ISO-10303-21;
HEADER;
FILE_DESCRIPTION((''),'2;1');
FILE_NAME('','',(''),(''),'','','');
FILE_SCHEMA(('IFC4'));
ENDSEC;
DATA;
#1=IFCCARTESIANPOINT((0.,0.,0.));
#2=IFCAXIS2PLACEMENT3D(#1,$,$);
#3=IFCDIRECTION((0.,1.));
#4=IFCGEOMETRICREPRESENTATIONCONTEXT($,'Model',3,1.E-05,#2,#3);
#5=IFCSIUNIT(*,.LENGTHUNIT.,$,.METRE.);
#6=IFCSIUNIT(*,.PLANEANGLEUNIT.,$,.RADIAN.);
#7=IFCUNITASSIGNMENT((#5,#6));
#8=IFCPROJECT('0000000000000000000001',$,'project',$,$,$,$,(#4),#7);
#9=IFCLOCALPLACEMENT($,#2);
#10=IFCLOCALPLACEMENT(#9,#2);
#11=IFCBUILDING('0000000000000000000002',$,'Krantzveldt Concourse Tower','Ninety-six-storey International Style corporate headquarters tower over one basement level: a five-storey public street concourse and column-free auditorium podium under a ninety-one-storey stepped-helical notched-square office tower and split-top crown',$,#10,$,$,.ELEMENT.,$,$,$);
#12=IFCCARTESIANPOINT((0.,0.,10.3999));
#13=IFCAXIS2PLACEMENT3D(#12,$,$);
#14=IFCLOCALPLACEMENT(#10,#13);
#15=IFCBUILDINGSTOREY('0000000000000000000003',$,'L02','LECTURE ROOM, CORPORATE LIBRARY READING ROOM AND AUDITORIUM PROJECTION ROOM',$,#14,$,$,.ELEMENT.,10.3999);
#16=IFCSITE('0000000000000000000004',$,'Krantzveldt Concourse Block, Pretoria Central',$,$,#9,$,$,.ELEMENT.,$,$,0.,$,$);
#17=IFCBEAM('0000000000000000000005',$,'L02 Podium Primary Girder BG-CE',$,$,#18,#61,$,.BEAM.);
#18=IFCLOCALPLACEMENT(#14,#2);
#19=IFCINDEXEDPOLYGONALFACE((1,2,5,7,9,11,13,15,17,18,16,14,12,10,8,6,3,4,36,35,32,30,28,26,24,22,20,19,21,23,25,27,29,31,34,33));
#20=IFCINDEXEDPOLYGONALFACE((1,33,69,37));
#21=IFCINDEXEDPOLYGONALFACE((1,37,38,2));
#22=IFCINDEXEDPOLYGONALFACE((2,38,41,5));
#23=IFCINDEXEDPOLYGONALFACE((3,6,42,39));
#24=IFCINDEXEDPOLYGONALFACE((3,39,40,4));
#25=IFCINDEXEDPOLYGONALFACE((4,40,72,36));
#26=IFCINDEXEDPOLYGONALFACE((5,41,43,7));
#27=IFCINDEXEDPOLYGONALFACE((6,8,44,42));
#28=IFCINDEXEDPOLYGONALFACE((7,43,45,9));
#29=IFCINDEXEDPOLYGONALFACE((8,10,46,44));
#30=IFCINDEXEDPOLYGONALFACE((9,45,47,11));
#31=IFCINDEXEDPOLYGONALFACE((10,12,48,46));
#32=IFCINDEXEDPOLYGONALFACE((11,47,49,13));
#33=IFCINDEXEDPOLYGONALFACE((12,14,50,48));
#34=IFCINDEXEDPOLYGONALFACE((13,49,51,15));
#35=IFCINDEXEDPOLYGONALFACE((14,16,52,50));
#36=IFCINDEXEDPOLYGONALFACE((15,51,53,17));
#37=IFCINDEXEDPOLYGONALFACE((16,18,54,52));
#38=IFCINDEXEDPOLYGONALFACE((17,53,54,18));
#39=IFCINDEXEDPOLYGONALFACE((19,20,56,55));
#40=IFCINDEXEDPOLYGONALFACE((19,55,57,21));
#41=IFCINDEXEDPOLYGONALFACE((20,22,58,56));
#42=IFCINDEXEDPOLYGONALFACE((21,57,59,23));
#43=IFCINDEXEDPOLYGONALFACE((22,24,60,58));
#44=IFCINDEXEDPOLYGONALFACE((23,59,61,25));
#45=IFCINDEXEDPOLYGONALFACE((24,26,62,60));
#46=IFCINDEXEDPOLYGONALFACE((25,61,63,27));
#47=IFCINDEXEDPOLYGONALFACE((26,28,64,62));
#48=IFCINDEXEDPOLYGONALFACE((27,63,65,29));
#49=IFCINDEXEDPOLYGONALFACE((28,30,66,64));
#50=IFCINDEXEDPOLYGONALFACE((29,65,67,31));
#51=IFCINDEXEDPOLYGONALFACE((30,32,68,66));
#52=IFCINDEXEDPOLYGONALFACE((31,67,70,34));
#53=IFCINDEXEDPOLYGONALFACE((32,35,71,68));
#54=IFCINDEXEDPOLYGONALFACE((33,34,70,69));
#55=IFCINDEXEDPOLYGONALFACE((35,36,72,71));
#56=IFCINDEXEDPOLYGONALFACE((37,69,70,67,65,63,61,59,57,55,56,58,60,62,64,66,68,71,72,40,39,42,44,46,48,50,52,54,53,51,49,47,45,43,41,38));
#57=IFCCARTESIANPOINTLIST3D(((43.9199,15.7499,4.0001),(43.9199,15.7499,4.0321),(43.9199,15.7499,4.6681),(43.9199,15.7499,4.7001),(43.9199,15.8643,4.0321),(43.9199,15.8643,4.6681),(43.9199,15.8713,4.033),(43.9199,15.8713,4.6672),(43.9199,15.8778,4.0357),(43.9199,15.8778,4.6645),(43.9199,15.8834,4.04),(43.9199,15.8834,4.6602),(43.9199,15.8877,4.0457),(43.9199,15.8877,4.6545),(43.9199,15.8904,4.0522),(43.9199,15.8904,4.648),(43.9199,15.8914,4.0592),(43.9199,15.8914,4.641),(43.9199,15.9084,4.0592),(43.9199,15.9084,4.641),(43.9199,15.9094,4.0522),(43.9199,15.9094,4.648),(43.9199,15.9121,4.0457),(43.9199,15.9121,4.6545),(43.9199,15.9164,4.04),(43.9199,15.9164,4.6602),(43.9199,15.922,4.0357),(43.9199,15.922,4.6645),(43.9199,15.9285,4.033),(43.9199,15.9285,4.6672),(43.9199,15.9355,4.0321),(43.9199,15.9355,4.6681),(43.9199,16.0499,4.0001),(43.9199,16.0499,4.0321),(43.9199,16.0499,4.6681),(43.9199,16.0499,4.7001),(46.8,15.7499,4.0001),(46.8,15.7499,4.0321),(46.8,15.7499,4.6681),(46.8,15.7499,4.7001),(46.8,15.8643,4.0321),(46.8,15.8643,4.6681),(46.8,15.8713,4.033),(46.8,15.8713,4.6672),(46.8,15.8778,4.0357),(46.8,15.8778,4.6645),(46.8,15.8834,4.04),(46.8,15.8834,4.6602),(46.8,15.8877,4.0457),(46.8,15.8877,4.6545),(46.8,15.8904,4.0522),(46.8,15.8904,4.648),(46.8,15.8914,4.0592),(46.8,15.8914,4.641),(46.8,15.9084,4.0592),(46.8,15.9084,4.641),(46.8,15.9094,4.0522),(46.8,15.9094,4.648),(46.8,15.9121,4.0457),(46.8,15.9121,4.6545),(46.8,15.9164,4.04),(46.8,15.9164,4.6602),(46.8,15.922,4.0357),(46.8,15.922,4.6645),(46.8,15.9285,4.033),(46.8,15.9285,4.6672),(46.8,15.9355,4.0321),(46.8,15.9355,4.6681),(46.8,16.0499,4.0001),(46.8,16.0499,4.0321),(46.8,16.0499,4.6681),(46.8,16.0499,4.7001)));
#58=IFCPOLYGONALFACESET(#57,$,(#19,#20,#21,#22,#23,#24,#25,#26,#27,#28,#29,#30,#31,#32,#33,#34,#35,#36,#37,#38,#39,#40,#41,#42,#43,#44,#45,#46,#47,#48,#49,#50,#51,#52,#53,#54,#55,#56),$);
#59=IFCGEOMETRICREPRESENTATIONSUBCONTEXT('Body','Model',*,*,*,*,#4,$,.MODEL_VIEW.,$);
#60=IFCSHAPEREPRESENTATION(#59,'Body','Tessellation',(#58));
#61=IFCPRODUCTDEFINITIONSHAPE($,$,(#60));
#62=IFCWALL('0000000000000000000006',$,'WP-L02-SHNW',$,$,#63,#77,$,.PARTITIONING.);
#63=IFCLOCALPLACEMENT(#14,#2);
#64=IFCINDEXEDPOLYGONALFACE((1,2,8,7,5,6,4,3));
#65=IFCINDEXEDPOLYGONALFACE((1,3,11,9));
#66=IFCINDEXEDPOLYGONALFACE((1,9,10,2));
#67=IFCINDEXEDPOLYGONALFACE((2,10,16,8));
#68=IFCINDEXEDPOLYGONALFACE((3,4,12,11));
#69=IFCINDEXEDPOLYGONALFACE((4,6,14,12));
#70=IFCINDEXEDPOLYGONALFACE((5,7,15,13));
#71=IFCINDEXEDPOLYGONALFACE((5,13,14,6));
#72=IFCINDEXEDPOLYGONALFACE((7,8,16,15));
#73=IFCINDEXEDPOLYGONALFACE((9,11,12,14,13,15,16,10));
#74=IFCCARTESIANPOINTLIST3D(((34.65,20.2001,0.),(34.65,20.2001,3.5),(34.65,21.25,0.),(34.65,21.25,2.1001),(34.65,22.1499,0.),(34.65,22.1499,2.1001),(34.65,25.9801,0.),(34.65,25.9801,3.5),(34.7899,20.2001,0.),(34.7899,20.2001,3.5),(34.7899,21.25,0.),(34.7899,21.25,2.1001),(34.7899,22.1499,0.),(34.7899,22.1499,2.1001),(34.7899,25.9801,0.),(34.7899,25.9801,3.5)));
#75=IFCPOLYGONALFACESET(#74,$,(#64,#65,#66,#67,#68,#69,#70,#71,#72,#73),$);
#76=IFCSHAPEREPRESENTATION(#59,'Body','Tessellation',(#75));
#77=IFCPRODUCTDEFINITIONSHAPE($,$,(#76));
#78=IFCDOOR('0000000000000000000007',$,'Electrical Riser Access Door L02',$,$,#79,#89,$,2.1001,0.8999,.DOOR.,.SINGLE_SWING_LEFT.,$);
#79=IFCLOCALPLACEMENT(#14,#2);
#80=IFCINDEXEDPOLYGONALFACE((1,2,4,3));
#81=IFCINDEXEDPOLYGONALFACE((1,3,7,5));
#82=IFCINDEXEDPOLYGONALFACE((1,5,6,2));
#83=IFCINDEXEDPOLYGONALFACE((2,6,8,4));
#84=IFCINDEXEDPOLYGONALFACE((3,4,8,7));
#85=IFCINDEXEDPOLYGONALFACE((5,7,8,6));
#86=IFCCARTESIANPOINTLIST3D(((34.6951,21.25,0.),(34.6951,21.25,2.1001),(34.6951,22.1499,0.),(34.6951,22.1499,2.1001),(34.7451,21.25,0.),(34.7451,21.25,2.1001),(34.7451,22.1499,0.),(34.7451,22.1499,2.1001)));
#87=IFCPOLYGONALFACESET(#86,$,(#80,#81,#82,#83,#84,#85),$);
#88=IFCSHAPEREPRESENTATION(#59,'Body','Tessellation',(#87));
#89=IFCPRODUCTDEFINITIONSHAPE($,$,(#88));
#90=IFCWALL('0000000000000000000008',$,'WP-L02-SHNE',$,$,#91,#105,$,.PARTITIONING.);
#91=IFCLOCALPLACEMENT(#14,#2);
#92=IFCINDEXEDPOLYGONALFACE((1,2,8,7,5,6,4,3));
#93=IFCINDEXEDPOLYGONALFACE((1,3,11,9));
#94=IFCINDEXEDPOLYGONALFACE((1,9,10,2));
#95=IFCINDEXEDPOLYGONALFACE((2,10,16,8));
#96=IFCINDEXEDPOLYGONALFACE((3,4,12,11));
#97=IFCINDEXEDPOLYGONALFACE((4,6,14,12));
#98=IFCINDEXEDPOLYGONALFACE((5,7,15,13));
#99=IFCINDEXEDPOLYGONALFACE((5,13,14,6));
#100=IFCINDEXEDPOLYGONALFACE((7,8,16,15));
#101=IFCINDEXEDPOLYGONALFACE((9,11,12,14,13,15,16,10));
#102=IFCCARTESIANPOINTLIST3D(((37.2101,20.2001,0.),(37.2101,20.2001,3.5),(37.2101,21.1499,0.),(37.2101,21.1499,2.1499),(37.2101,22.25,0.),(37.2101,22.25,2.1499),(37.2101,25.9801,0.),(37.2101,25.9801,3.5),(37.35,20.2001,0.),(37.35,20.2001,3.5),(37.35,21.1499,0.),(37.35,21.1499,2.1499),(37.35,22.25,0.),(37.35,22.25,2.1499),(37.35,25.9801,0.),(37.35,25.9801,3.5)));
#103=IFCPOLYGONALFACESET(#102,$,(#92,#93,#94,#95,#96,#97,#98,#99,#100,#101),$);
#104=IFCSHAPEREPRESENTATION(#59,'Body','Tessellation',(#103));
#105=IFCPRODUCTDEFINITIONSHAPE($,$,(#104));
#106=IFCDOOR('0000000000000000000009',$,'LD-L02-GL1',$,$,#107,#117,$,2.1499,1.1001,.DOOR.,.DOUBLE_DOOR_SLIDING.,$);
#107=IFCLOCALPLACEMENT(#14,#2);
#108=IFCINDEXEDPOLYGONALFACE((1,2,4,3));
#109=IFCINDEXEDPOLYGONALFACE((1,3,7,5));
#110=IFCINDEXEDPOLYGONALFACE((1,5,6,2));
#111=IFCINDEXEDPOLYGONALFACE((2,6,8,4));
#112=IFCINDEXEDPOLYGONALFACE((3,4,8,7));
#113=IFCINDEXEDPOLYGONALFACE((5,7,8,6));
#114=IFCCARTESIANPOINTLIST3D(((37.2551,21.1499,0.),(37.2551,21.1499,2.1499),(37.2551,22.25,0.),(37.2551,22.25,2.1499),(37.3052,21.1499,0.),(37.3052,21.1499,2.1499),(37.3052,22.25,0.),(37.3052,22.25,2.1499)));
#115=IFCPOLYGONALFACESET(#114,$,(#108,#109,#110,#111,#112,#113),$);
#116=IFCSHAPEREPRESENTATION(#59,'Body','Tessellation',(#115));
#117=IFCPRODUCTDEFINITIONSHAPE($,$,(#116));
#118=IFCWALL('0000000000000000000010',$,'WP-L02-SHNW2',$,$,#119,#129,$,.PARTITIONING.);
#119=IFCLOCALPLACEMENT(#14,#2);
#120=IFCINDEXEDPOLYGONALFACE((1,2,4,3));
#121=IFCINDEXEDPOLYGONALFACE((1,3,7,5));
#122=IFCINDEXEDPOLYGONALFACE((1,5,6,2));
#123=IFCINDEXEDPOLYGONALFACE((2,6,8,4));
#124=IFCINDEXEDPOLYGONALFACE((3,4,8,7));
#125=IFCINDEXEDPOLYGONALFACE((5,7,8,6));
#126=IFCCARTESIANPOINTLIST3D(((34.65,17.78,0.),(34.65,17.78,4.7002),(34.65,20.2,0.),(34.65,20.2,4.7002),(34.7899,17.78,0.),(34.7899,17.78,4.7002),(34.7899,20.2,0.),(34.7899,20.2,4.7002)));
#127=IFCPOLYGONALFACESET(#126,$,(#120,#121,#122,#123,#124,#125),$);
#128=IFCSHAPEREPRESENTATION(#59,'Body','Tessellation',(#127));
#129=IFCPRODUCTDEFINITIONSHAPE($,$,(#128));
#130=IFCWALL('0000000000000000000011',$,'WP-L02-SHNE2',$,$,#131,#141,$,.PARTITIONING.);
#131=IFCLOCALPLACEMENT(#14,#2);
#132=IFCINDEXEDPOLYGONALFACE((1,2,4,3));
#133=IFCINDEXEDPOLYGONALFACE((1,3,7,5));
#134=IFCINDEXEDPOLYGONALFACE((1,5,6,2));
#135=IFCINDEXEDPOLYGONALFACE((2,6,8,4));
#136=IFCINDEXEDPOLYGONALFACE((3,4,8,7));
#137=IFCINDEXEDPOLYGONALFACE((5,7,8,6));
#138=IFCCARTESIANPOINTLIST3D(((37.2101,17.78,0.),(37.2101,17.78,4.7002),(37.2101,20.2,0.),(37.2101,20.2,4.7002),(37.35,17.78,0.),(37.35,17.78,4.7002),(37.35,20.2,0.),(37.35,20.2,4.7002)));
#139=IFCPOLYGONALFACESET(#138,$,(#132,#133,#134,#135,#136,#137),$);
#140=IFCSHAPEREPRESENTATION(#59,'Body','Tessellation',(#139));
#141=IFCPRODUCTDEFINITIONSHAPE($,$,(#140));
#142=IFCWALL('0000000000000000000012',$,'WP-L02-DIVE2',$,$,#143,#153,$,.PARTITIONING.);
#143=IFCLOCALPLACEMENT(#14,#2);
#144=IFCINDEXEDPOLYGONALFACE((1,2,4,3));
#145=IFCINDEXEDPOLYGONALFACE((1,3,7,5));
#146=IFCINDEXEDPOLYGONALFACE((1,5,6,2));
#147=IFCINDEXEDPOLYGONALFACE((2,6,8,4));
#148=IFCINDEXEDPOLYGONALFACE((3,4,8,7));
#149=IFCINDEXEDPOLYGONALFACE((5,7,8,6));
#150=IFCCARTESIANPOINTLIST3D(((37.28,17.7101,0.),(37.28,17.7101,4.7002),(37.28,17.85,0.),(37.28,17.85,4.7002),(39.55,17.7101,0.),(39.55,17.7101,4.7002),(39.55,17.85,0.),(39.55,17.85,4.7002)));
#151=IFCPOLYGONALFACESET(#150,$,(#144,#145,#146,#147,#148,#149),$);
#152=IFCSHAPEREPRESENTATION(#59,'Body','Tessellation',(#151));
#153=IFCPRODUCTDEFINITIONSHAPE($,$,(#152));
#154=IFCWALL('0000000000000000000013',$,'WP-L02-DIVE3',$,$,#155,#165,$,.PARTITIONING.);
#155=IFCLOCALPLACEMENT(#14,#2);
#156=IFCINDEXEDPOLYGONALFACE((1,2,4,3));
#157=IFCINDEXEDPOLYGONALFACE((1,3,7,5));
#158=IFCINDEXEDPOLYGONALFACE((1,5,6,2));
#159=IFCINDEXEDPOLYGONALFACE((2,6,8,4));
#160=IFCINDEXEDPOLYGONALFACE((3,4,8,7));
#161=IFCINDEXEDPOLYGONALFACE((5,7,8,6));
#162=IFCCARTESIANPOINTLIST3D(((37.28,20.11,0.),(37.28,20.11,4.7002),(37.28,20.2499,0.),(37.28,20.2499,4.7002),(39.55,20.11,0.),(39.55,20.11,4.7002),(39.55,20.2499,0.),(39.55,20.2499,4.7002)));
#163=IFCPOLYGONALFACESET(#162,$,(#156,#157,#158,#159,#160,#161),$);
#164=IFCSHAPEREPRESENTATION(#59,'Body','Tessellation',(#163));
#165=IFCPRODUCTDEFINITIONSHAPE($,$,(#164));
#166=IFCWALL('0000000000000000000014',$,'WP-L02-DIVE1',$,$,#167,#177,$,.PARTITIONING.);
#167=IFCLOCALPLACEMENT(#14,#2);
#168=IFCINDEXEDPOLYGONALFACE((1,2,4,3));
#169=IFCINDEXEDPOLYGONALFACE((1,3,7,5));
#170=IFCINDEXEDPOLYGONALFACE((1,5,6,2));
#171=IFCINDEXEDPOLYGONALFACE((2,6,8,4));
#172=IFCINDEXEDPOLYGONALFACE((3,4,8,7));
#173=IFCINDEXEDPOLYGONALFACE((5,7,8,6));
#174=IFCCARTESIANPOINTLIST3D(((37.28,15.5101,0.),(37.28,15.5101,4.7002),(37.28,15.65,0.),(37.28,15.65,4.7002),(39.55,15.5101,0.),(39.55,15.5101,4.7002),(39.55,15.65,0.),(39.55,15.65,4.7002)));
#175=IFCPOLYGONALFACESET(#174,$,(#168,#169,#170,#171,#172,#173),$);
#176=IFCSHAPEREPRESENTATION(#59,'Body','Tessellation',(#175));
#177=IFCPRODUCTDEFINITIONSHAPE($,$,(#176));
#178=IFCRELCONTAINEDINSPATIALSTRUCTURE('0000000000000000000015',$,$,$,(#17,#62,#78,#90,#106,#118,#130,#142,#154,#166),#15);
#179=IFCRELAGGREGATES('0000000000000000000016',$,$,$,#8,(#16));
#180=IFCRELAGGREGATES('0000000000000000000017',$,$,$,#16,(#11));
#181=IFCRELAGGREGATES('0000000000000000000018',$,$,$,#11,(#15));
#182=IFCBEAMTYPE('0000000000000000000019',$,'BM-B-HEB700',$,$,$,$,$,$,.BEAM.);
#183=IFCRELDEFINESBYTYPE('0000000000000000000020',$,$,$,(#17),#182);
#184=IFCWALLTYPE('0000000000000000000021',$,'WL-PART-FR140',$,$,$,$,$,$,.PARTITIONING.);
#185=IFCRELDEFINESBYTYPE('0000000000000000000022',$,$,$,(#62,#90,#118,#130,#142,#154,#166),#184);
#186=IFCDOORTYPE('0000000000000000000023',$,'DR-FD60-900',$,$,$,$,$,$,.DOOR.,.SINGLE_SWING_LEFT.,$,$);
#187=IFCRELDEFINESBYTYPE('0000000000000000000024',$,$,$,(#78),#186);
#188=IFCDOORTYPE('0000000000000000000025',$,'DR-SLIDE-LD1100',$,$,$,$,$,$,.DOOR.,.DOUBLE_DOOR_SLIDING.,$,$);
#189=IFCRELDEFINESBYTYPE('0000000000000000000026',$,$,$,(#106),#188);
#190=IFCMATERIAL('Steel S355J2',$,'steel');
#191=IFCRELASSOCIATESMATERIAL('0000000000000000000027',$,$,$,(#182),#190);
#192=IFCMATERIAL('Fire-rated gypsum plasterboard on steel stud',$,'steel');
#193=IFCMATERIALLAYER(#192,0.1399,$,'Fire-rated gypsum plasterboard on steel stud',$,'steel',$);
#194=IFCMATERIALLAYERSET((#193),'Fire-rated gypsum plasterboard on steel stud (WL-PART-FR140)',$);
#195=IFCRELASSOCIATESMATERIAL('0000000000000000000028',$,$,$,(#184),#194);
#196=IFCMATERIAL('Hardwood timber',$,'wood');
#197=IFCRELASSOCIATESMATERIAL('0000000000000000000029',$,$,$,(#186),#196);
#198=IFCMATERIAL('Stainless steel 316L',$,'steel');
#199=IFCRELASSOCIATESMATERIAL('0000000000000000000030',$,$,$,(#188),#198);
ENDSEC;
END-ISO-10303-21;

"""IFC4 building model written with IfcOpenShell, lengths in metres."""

from ifc_helpers import new_model, si_unit, direction, frame, frame_2d, origin, origin_2d, place, context, subcontext, project, spatial, rectangle, i_section, extrude, source, transform, mapped, material, layer, layer_set, material_profile, profile_set, type_object, type_shapes, element, fill, save


model = new_model("IFC4")

# Units and contexts
model_context = context("Model", 3, precision=1e-05, world=origin(), true_north=direction((0.0, 1.0)))
body_context = subcontext(model_context, "Body", "Model", "MODEL_VIEW")
ifc_project = project(units=[si_unit("LENGTHUNIT", "METRE"), si_unit("PLANEANGLEUNIT", "RADIAN")], contexts=[model_context])

# Site, building, storey
site_placement = place(None, origin())
site = spatial("IfcSite", under=ifc_project, at=site_placement, Name="Krantzveldt Concourse Block, Pretoria Central", CompositionType="ELEMENT", RefElevation=0.0)
building_placement = place(site_placement, origin())
building = spatial("IfcBuilding", under=site, at=building_placement, Name="Krantzveldt Concourse Tower", Description="Ninety-six-storey International Style corporate headquarters tower over one basement level: a five-storey public street concourse and column-free auditorium podium under a ninety-one-storey stepped-helical notched-square office tower and split-top crown", CompositionType="ELEMENT")
storey_placement = place(building_placement, frame((0.0, 0.0, 10.3999)))
storey = spatial("IfcBuildingStorey", under=building, at=storey_placement, Name="L02", Description="LECTURE ROOM, CORPORATE LIBRARY READING ROOM AND AUDITORIUM PROJECTION ROOM", CompositionType="ELEMENT", Elevation=10.3999)

# Beam
ifc_material_1 = material(Name="Steel S355J2", Category="steel")
ifc_material_profile = material_profile(ifc_material_1, i_section(OverallWidth=0.3, OverallDepth=0.7, WebThickness=0.0171, FlangeThickness=0.032, FilletRadius=0.0271, at=origin_2d()), Name="Steel S355J2", Category="steel")
ifc_profile_set = profile_set([ifc_material_profile], Name="Steel S355J2 - HEB 700")
beam_type = type_object("IfcBeamType", Name="BM-B-HEB700", PredefinedType="BEAM", material=ifc_profile_set)
shared_shape = source(origin(), body_context, "Body", "SweptSolid", [
    extrude(i_section(OverallWidth=0.3, OverallDepth=0.7, WebThickness=0.0171, FlangeThickness=0.032, FilletRadius=0.0271, at=origin_2d()), origin(), (0.0, 0.0, 1.0), 2.8801),
])
type_shapes(beam_type, [shared_shape])
beam_placement = place(storey_placement, frame((43.9199, 15.8999, 4.3501), z_axis=(1.0, 0.0, 0.0), x_axis=(0.0, 1.0, 0.0)))
element("IfcBeam", 1, at=beam_placement, inside=storey, type_object=beam_type, Name="L02 Podium Primary Girder BG-CE", PredefinedType="BEAM", context=body_context, shape_type="MappedRepresentation", body=[
    mapped(shared_shape, transform((0.0, 0.0, 0.0), x_axis=(1.0, 0.0, 0.0), y_axis=(0.0, 1.0, 0.0), z_axis=(0.0, 0.0, 1.0), scale=1.0)),
])

# Walls, openings, doors
ifc_material_2 = material(Name="Fire-rated gypsum plasterboard on steel stud", Category="steel")
ifc_layer_1 = layer(ifc_material_2, 0.1399, Name="Fire-rated gypsum plasterboard on steel stud", Category="steel")
ifc_layer_set_1 = layer_set([ifc_layer_1], Name="Fire-rated gypsum plasterboard on steel stud (WL-PART-FR140)")
wall_type_1 = type_object("IfcWallType", Name="WL-PART-FR140", PredefinedType="PARTITIONING", material=ifc_layer_set_1)
wall_1_placement = place(storey_placement, frame((34.72, 20.2, 0.0), z_axis=(0.0, 0.0, 1.0), x_axis=(0.0, 1.0, 0.0)))
wall_1 = element("IfcWall", 2, at=wall_1_placement, inside=storey, type_object=wall_type_1, Name="WP-L02-SHNW", PredefinedType="PARTITIONING", context=body_context, shape_type="SweptSolid", body=[
    extrude(rectangle(XDim=5.78, YDim=0.1399, at=frame_2d((2.8901, 0.0))), origin(), (0.0, 0.0, 1.0), 3.5),
])
opening_1_placement = place(wall_1_placement, frame((1.05, 0.0, 0.0)))
opening_1 = element("IfcOpeningElement", 3, at=opening_1_placement, cuts=wall_1, PredefinedType="OPENING", context=body_context, shape_type="SweptSolid", body=[
    extrude(rectangle(XDim=0.8999, YDim=2.1001, at=frame_2d((0.45, 1.05))), frame((0.0, 0.0801, 0.0), z_axis=(0.0, -1.0, 0.0), x_axis=(1.0, 0.0, 0.0)), (0.0, 0.0, 1.0), 0.1599),
])
ifc_material_3 = material(Name="Hardwood timber", Category="wood")
door_type_1 = type_object("IfcDoorType", Name="DR-FD60-900", OperationType="SINGLE_SWING_LEFT", PredefinedType="DOOR", material=ifc_material_3)
door_1_placement = place(opening_1_placement, origin())
door_1 = element("IfcDoor", 4, at=door_1_placement, inside=storey, type_object=door_type_1, Name="Electrical Riser Access Door L02", OperationType="SINGLE_SWING_LEFT", OverallHeight=2.1001, OverallWidth=0.8999, PredefinedType="DOOR", context=body_context, shape_type="SweptSolid", body=[
    extrude(rectangle(XDim=0.8999, YDim=2.1001, at=frame_2d((0.45, 1.05))), frame((0.0, 0.0249, 0.0), z_axis=(0.0, -1.0, 0.0), x_axis=(1.0, 0.0, 0.0)), (0.0, 0.0, 1.0), 0.05),
])
fill(opening_1, door_1)
wall_2_placement = place(storey_placement, frame((37.28, 20.2, 0.0), z_axis=(0.0, 0.0, 1.0), x_axis=(0.0, 1.0, 0.0)))
wall_2 = element("IfcWall", 5, at=wall_2_placement, inside=storey, type_object=wall_type_1, Name="WP-L02-SHNE", PredefinedType="PARTITIONING", context=body_context, shape_type="SweptSolid", body=[
    extrude(rectangle(XDim=5.78, YDim=0.1399, at=frame_2d((2.8901, 0.0))), origin(), (0.0, 0.0, 1.0), 3.5),
])
opening_2_placement = place(wall_2_placement, frame((0.95, 0.0, 0.0)))
opening_2 = element("IfcOpeningElement", 6, at=opening_2_placement, cuts=wall_2, PredefinedType="OPENING", context=body_context, shape_type="SweptSolid", body=[
    extrude(rectangle(XDim=1.1001, YDim=2.1499, at=frame_2d((0.55, 1.075))), frame((0.0, 0.0801, 0.0), z_axis=(0.0, -1.0, 0.0), x_axis=(1.0, 0.0, 0.0)), (0.0, 0.0, 1.0), 0.1599),
])
ifc_material_4 = material(Name="Stainless steel 316L", Category="steel")
door_type_2 = type_object("IfcDoorType", Name="DR-SLIDE-LD1100", OperationType="DOUBLE_DOOR_SLIDING", PredefinedType="DOOR", material=ifc_material_4)
door_2_placement = place(opening_2_placement, origin())
door_2 = element("IfcDoor", 7, at=door_2_placement, inside=storey, type_object=door_type_2, Name="LD-L02-GL1", OperationType="DOUBLE_DOOR_SLIDING", OverallHeight=2.1499, OverallWidth=1.1001, PredefinedType="DOOR", context=body_context, shape_type="SweptSolid", body=[
    extrude(rectangle(XDim=1.1001, YDim=2.1499, at=frame_2d((0.55, 1.075))), frame((0.0, 0.0249, 0.0), z_axis=(0.0, -1.0, 0.0), x_axis=(1.0, 0.0, 0.0)), (0.0, 0.0, 1.0), 0.05),
])
fill(opening_2, door_2)

# Walls
for number, where, z_axis, x_axis, name in (
    (8, (34.72, 17.78, 0.0), (0.0, 0.0, 1.0), (0.0, 1.0, 0.0), "WP-L02-SHNW2"),
    (9, (37.28, 17.78, 0.0), (0.0, 0.0, 1.0), (0.0, 1.0, 0.0), "WP-L02-SHNE2"),
):
    element("IfcWall", number, at=place(storey_placement, frame(where, z_axis=z_axis, x_axis=x_axis)), inside=storey, type_object=wall_type_1, Name=name, PredefinedType="PARTITIONING", context=body_context, shape_type="SweptSolid", body=[
        extrude(rectangle(XDim=2.4199, YDim=0.1399, at=frame_2d((1.21, 0.0))), origin(), (0.0, 0.0, 1.0), 4.7002),
    ])
for number, where, z_axis, x_axis, name in (
    (10, (37.28, 17.78, 0.0), (0.0, 0.0, 1.0), (1.0, 0.0, 0.0), "WP-L02-DIVE2"),
    (11, (37.28, 20.1799, 0.0), (0.0, 0.0, 1.0), (1.0, 0.0, 0.0), "WP-L02-DIVE3"),
    (12, (37.28, 15.5801, 0.0), (0.0, 0.0, 1.0), (1.0, 0.0, 0.0), "WP-L02-DIVE1"),
):
    element("IfcWall", number, at=place(storey_placement, frame(where, z_axis=z_axis, x_axis=x_axis)), inside=storey, type_object=wall_type_1, Name=name, PredefinedType="PARTITIONING", context=body_context, shape_type="SweptSolid", body=[
        extrude(rectangle(XDim=2.27, YDim=0.1399, at=frame_2d((1.135, 0.0))), origin(), (0.0, 0.0, 1.0), 4.7002),
    ])

save(model, "model.ifc")
